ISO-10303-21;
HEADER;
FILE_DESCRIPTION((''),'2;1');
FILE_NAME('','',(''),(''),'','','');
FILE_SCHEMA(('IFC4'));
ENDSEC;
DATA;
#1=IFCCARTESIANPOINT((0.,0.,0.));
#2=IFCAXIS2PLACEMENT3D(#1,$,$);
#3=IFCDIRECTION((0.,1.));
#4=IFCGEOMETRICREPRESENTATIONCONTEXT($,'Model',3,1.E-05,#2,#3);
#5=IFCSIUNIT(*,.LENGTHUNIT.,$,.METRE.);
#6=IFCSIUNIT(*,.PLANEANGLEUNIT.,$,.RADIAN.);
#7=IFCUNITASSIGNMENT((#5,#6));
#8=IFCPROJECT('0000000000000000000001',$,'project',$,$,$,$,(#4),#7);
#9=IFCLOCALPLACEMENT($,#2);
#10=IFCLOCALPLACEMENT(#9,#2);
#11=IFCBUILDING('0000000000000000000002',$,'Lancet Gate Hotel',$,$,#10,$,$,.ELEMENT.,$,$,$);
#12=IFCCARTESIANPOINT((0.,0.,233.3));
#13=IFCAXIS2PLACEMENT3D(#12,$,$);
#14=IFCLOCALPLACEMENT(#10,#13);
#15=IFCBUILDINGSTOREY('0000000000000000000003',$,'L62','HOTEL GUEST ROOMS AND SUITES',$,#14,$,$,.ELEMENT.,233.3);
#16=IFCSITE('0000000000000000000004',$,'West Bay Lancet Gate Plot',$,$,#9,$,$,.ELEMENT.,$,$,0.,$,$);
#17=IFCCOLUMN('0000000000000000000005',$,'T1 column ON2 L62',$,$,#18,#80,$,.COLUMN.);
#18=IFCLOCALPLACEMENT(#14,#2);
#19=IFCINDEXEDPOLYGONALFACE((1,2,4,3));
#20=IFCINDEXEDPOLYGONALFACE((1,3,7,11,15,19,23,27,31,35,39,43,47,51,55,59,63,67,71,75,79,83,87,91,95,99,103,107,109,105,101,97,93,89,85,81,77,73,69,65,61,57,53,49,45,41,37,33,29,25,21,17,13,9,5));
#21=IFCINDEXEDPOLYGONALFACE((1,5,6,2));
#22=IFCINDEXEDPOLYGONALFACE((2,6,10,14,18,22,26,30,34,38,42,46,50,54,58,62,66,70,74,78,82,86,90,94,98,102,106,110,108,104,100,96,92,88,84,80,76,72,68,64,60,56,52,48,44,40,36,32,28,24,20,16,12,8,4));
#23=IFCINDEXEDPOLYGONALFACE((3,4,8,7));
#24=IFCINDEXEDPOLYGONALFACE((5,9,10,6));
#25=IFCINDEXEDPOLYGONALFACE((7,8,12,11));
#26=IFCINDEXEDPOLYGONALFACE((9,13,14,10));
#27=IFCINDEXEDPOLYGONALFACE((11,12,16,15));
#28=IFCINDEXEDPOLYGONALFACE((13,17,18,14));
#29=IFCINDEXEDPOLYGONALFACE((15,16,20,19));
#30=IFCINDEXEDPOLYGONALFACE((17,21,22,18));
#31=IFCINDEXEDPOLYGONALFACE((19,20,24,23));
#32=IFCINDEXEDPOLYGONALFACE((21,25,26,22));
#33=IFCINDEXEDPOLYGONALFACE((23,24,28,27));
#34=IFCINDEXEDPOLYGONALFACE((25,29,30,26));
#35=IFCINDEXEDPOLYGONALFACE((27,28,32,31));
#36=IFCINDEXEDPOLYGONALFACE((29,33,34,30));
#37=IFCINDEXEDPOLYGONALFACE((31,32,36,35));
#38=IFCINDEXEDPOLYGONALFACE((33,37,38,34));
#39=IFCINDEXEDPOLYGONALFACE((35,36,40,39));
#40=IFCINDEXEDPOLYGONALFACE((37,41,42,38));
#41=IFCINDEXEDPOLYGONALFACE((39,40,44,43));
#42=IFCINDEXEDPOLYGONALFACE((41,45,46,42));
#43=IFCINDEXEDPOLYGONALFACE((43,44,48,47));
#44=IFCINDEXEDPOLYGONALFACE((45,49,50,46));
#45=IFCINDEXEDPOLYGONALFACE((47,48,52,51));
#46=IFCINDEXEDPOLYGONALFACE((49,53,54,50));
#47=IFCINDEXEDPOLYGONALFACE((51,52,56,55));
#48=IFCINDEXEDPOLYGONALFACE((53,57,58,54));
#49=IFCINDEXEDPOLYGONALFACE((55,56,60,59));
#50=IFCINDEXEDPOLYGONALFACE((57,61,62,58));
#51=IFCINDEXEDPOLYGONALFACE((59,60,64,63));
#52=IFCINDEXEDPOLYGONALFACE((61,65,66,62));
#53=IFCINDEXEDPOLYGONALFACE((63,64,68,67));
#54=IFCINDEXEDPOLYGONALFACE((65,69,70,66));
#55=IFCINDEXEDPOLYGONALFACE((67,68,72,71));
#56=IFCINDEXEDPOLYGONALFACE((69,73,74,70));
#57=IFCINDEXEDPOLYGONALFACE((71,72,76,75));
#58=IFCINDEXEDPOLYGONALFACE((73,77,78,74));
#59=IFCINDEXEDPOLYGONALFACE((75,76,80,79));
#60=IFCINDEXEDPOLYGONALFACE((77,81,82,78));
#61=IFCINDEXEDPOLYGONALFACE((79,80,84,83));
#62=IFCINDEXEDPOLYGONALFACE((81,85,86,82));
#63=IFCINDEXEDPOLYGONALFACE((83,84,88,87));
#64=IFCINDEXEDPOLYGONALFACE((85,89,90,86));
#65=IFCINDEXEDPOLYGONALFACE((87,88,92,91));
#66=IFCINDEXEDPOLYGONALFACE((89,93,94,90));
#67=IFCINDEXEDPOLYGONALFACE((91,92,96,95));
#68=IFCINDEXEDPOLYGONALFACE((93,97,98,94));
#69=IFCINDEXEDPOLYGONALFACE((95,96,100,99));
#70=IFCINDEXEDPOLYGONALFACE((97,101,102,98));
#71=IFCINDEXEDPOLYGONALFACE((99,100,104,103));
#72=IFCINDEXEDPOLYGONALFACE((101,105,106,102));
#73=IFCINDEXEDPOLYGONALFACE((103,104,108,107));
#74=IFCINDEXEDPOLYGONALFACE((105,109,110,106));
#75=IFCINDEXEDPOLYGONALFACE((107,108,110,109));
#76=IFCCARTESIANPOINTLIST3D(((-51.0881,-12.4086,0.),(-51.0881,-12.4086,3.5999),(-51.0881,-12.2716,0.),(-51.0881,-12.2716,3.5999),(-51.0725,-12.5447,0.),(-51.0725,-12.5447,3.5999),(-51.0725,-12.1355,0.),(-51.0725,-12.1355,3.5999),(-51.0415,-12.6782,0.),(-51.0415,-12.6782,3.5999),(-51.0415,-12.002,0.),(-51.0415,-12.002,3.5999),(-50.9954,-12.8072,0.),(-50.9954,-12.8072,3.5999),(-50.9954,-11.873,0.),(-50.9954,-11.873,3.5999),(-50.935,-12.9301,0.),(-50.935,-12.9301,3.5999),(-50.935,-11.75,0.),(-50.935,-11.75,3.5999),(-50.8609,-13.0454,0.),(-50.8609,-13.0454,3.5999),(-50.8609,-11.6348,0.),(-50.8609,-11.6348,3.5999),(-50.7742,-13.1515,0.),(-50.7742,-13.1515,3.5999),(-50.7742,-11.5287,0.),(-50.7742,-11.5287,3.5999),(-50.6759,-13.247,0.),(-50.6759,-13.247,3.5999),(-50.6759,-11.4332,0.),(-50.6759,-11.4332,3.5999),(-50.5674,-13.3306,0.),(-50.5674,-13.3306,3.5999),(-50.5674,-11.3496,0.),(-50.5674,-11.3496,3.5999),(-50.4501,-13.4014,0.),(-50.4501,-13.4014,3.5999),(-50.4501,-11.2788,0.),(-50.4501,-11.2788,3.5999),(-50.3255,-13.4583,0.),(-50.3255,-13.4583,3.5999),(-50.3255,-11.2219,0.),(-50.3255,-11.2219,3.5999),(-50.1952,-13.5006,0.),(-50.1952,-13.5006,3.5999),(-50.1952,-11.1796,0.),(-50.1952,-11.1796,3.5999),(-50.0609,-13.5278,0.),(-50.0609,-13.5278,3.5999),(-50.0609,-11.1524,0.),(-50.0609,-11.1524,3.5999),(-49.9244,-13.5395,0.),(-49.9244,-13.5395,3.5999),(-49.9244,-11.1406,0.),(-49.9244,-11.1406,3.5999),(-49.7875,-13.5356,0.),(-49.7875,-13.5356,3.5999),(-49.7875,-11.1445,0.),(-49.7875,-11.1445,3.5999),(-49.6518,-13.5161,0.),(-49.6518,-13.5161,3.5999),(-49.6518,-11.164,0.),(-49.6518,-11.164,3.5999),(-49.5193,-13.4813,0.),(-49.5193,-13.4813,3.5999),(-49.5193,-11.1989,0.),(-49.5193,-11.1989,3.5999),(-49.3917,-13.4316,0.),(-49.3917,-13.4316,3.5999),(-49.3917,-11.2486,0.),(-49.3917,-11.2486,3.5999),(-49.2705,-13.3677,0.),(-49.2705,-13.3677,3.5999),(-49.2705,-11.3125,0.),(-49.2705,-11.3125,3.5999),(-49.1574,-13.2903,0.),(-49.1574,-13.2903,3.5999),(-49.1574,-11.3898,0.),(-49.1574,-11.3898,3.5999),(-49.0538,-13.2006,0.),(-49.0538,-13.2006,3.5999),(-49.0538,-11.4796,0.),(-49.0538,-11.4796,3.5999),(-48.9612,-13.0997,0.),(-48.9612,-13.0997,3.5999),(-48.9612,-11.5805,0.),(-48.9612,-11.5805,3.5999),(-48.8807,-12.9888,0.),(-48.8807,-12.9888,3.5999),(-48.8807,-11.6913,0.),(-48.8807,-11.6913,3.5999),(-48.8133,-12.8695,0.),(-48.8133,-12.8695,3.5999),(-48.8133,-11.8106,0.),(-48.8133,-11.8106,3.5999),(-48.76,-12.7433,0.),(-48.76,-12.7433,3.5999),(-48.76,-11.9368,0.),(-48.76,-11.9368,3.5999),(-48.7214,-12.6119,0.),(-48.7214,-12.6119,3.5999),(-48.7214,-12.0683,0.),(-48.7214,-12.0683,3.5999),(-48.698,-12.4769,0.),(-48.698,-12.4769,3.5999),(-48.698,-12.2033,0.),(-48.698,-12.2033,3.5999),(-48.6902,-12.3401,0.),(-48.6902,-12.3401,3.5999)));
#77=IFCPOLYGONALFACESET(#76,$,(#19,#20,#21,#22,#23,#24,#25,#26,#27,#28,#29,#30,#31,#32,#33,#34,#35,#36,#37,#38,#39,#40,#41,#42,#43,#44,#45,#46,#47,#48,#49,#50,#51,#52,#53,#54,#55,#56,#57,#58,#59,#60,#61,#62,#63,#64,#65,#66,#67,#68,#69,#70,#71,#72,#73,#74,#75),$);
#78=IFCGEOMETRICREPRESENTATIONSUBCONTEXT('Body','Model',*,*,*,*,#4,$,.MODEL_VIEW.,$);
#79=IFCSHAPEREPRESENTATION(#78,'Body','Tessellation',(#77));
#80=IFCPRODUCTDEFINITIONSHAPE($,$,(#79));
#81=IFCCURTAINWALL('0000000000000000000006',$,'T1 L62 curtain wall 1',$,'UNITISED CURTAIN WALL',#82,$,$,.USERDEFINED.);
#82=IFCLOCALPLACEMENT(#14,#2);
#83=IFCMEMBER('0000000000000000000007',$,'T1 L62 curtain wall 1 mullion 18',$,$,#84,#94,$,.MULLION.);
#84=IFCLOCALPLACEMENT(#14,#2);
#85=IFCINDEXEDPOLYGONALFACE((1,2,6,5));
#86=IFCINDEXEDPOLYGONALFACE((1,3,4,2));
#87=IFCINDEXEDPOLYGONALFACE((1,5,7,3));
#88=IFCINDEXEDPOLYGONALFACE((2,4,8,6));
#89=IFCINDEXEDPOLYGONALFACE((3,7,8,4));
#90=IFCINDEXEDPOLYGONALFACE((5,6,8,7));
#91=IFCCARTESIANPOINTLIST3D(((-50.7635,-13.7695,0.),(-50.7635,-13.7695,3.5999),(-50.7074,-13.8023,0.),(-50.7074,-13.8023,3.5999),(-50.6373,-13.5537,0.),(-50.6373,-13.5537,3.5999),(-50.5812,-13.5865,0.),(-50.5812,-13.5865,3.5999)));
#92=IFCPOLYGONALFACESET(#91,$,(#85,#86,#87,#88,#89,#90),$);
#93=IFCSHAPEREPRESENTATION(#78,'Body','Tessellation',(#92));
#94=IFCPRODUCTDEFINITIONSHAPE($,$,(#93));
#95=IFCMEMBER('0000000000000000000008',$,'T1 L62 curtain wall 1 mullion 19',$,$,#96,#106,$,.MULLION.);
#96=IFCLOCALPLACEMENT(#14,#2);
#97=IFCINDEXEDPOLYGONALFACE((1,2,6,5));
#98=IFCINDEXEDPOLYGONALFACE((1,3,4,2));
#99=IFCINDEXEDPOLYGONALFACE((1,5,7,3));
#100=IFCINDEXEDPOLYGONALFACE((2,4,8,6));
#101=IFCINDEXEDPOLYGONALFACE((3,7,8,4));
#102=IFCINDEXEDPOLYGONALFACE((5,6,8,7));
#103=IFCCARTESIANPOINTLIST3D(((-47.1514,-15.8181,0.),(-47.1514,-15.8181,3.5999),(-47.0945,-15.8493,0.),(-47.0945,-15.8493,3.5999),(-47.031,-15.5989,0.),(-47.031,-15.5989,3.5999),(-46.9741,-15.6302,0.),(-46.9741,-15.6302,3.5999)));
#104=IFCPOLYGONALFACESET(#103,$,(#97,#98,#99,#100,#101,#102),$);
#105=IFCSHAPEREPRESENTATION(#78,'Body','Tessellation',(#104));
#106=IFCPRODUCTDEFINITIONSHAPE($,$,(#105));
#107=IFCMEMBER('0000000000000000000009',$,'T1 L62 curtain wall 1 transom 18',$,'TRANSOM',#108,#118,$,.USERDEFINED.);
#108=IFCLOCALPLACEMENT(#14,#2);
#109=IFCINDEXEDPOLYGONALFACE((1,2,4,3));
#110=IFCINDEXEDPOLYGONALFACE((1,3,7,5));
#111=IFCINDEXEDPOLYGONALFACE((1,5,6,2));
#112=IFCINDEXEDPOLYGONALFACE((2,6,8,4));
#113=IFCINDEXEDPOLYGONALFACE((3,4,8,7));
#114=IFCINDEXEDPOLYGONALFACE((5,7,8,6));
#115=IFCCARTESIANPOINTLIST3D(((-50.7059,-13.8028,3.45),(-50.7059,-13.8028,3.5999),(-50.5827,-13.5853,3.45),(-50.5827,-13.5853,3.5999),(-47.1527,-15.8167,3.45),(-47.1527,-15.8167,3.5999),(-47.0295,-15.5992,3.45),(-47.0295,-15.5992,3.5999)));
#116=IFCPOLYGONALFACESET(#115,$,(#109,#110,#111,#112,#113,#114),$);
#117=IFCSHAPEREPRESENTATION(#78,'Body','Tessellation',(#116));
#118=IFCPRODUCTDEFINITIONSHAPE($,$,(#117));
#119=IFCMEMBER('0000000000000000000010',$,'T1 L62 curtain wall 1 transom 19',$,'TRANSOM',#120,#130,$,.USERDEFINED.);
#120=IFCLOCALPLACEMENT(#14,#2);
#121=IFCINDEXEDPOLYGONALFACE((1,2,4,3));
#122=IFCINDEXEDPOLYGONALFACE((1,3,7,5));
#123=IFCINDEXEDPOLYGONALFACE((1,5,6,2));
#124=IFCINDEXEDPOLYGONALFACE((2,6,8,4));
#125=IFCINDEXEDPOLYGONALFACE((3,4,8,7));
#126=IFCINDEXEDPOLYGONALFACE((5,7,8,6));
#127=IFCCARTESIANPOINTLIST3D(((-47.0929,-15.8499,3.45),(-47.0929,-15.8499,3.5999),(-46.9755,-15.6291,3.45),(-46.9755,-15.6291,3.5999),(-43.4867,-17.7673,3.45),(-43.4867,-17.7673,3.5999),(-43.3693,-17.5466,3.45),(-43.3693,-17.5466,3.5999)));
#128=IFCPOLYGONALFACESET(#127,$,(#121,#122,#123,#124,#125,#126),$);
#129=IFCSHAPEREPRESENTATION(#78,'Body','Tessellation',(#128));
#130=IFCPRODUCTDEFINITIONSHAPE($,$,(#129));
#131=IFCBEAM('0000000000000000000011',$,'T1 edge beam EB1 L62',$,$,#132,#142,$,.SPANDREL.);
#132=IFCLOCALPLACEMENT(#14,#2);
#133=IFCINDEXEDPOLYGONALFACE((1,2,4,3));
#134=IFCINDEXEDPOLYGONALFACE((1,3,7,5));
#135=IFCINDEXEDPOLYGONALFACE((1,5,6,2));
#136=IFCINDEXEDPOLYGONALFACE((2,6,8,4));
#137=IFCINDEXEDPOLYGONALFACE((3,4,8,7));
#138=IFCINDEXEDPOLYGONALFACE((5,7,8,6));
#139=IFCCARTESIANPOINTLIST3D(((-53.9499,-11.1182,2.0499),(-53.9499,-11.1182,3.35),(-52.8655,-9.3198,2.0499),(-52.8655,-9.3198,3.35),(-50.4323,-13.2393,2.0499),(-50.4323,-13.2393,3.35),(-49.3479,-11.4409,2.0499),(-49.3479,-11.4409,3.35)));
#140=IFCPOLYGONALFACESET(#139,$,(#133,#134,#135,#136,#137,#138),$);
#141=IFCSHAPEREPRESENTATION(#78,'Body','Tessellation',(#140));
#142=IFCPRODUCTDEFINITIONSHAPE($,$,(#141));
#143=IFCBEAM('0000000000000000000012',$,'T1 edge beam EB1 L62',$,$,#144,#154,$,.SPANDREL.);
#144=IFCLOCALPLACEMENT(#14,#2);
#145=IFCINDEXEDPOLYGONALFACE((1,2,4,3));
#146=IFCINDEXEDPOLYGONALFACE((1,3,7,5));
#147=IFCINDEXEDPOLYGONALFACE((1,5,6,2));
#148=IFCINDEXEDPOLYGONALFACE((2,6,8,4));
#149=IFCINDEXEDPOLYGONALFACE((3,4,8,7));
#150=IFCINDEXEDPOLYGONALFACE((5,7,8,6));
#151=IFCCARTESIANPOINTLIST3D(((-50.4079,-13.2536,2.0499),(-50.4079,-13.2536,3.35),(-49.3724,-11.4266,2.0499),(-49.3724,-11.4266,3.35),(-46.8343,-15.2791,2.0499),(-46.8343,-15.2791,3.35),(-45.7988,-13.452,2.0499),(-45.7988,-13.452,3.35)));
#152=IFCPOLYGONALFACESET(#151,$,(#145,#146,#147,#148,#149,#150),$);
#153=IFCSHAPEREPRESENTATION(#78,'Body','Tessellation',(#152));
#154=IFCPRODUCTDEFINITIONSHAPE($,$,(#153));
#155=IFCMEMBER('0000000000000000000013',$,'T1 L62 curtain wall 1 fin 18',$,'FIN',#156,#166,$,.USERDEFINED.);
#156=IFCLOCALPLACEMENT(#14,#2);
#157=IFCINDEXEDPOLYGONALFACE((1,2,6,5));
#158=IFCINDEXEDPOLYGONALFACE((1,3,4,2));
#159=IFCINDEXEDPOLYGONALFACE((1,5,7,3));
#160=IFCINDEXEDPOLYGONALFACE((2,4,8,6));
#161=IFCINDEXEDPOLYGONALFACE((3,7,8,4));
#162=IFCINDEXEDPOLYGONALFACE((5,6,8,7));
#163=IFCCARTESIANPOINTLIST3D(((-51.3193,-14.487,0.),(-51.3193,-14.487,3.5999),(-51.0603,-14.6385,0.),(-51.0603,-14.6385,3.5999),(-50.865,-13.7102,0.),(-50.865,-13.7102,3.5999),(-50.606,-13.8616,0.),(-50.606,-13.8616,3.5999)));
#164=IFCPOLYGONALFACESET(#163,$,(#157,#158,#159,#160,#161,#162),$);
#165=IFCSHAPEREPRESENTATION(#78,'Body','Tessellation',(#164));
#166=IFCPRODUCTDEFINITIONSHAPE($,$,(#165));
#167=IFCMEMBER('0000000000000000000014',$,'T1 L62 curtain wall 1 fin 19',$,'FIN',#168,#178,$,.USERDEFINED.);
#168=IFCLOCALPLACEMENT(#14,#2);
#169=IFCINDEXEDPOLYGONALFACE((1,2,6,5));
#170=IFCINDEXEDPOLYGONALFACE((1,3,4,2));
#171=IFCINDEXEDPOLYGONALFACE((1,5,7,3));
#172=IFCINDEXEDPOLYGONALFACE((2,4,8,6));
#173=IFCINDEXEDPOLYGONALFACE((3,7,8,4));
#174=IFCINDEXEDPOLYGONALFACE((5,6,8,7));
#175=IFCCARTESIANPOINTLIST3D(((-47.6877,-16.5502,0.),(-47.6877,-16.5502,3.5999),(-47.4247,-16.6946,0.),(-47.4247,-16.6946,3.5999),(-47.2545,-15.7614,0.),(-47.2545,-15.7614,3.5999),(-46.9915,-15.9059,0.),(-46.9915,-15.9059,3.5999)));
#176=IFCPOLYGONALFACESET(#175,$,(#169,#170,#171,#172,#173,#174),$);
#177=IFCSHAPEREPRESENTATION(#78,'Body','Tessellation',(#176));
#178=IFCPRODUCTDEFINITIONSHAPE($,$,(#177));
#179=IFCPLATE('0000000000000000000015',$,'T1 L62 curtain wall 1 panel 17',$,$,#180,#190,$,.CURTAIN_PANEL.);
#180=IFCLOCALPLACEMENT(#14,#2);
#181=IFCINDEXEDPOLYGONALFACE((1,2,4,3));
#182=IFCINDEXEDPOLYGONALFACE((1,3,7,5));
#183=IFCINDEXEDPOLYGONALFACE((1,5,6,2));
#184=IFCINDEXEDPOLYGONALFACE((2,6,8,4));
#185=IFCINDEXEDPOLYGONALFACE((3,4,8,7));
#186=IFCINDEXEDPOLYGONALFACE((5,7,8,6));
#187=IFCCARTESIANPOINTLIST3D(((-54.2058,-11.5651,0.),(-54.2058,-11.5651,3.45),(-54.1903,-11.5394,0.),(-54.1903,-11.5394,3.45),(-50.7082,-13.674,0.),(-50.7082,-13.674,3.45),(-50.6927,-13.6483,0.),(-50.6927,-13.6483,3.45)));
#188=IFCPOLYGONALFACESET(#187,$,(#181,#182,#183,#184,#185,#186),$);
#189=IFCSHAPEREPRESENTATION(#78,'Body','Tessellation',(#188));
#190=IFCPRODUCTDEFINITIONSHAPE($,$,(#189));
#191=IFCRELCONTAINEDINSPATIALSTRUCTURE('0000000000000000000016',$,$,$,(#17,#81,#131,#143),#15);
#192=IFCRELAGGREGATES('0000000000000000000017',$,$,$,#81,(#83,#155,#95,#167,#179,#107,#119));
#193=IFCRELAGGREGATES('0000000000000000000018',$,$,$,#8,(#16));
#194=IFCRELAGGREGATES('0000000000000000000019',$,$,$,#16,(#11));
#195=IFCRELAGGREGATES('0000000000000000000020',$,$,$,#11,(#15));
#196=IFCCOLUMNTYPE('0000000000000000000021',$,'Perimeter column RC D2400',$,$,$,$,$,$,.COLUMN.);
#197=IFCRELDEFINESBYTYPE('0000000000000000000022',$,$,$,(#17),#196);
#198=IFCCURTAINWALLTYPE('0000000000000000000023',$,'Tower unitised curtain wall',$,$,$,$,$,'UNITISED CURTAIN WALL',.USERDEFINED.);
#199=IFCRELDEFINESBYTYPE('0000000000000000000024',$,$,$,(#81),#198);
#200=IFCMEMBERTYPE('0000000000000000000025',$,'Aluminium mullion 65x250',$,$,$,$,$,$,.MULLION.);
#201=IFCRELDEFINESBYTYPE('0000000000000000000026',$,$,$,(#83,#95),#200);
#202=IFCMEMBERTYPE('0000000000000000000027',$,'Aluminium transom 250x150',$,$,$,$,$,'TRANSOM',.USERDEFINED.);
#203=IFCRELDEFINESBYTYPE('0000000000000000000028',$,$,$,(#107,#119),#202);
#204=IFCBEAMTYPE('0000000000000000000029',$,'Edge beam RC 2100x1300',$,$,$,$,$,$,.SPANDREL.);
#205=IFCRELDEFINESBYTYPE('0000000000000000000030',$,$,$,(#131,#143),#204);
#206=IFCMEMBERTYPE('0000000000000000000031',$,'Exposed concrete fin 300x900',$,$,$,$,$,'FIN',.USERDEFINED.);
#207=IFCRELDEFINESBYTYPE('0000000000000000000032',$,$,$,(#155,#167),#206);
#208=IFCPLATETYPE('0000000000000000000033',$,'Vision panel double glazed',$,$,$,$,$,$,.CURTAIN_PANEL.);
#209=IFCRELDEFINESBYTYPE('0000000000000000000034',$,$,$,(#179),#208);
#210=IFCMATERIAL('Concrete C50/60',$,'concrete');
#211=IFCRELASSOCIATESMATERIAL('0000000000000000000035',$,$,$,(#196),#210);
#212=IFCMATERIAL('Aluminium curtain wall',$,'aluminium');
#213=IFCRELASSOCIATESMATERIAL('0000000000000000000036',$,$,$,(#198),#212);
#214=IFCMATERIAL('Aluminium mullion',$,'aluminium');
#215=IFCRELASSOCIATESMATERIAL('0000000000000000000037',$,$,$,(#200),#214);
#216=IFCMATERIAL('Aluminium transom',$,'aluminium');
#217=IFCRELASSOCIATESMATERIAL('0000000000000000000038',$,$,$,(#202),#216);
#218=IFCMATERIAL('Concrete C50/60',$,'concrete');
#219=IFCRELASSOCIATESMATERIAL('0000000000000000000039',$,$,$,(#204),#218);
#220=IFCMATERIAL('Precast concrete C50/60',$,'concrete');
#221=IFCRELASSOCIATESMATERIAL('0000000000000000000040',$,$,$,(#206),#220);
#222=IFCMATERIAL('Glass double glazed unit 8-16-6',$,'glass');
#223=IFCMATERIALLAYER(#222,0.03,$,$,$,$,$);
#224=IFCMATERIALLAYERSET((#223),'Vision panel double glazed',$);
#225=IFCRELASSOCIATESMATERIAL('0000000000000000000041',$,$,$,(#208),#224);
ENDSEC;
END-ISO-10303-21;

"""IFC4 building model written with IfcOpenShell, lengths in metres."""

from ifc_helpers import new_model, si_unit, direction, frame, origin, origin_2d, place, context, subcontext, project, spatial, rectangle, circle, extrude, material, layer, layer_set, material_profile, profile_set, type_object, element, aggregate, save


model = new_model("IFC4")

# Units and contexts
model_context = context("Model", 3, precision=1e-05, world=origin(), true_north=direction((0.0, 1.0)))
body_context = subcontext(model_context, "Body", "Model", "MODEL_VIEW")
ifc_project = project(units=[si_unit("LENGTHUNIT", "METRE"), si_unit("PLANEANGLEUNIT", "RADIAN")], contexts=[model_context])

# Site, building, storey
site_placement = place(None, origin())
site = spatial("IfcSite", under=ifc_project, at=site_placement, Name="West Bay Lancet Gate Plot", CompositionType="ELEMENT", RefElevation=0.0)
building_placement = place(site_placement, origin())
building = spatial("IfcBuilding", under=site, at=building_placement, Name="Lancet Gate Hotel", CompositionType="ELEMENT")
storey_placement = place(building_placement, frame((0.0, 0.0, 233.3)))
storey = spatial("IfcBuildingStorey", under=building, at=storey_placement, Name="L62", Description="HOTEL GUEST ROOMS AND SUITES", CompositionType="ELEMENT", Elevation=233.3)

# Column
ifc_material_1 = material(Name="Concrete C50/60", Category="concrete")
ifc_material_profile_1 = material_profile(ifc_material_1, circle(Radius=1.2, at=origin_2d()), Name="RC D2400")
ifc_profile_set_1 = profile_set([ifc_material_profile_1], Name="Concrete C50/60")
column_type = type_object("IfcColumnType", Name="Perimeter column RC D2400", PredefinedType="COLUMN", material=ifc_profile_set_1)
column_placement = place(storey_placement, frame((-49.8901, -12.3401, 0.0), z_axis=(0.0, 0.0, 1.0), x_axis=(1.0, 0.0, 0.0)))
element("IfcColumn", 1, at=column_placement, inside=storey, type_object=column_type, Name="T1 column ON2 L62", PredefinedType="COLUMN", context=body_context, shape_type="SweptSolid", body=[
    extrude(circle(Radius=1.2, at=origin_2d()), origin(), (0.0, 0.0, 1.0), 3.5999),
])

# Curtain wall, members
ifc_material_2 = material(Name="Aluminium curtain wall", Category="aluminium")
curtain_wall_type = type_object("IfcCurtainWallType", Name="Tower unitised curtain wall", ElementType="UNITISED CURTAIN WALL", PredefinedType="USERDEFINED", material=ifc_material_2)
curtain_wall_placement = place(storey_placement, origin())
curtain_wall = element("IfcCurtainWall", 2, at=curtain_wall_placement, inside=storey, type_object=curtain_wall_type, Name="T1 L62 curtain wall 1", ObjectType="UNITISED CURTAIN WALL", PredefinedType="USERDEFINED")
ifc_material_3 = material(Name="Aluminium mullion", Category="aluminium")
ifc_material_profile_2 = material_profile(ifc_material_3, rectangle(XDim=0.0649, YDim=0.25, at=origin_2d()), Name="MULLION 65x250")
ifc_profile_set_2 = profile_set([ifc_material_profile_2], Name="Aluminium mullion")
member_type_1 = type_object("IfcMemberType", Name="Aluminium mullion 65x250", PredefinedType="MULLION", material=ifc_profile_set_2)
member_1_placement = place(storey_placement, frame((-50.6724, -13.678, 0.0), z_axis=(0.0, 0.0, 1.0), x_axis=(0.863242, -0.50479, 0.0)))
member_1 = element("IfcMember", 3, at=member_1_placement, type_object=member_type_1, Name="T1 L62 curtain wall 1 mullion 18", PredefinedType="MULLION", context=body_context, shape_type="SweptSolid", body=[
    extrude(rectangle(XDim=0.0649, YDim=0.25, at=origin_2d()), origin(), (0.0, 0.0, 1.0), 3.5999),
])
member_2_placement = place(storey_placement, frame((-47.0627, -15.7241, 0.0), z_axis=(0.0, 0.0, 1.0), x_axis=(0.876516, -0.481372, 0.0)))
member_2 = element("IfcMember", 4, at=member_2_placement, type_object=member_type_1, Name="T1 L62 curtain wall 1 mullion 19", PredefinedType="MULLION", context=body_context, shape_type="SweptSolid", body=[
    extrude(rectangle(XDim=0.0649, YDim=0.25, at=origin_2d()), origin(), (0.0, 0.0, 1.0), 3.5999),
])
ifc_material_4 = material(Name="Aluminium transom", Category="aluminium")
ifc_material_profile_3 = material_profile(ifc_material_4, rectangle(XDim=0.25, YDim=0.1499, at=origin_2d()), Name="TRANSOM 250x150")
ifc_profile_set_3 = profile_set([ifc_material_profile_3], Name="Aluminium transom")
member_type_2 = type_object("IfcMemberType", Name="Aluminium transom 250x150", ElementType="TRANSOM", PredefinedType="USERDEFINED", material=ifc_profile_set_3)
member_3_placement = place(storey_placement, frame((-50.6443, -13.6941, 3.5249), z_axis=(0.869978, -0.493091, 0.0), x_axis=(0.493091, 0.869978, 0.0)))
member_3 = element("IfcMember", 5, at=member_3_placement, type_object=member_type_2, Name="T1 L62 curtain wall 1 transom 18", ObjectType="TRANSOM", PredefinedType="USERDEFINED", context=body_context, shape_type="SweptSolid", body=[
    extrude(rectangle(XDim=0.25, YDim=0.1499, at=origin_2d()), origin(), (0.0, 0.0, 1.0), 4.0842),
])
member_4_placement = place(storey_placement, frame((-47.0342, -15.7395, 3.5249), z_axis=(0.882945, -0.469477, 0.0), x_axis=(0.469477, 0.882945, 0.0)))
member_4 = element("IfcMember", 6, at=member_4_placement, type_object=member_type_2, Name="T1 L62 curtain wall 1 transom 19", ObjectType="TRANSOM", PredefinedType="USERDEFINED", context=body_context, shape_type="SweptSolid", body=[
    extrude(rectangle(XDim=0.25, YDim=0.1499, at=origin_2d()), origin(), (0.0, 0.0, 1.0), 4.0842),
])

# Beams
ifc_material_5 = material(Name="Concrete C50/60", Category="concrete")
ifc_material_profile_4 = material_profile(ifc_material_5, rectangle(XDim=2.1001, YDim=1.3, at=origin_2d()), Name="RC 2100x1300")
ifc_profile_set_4 = profile_set([ifc_material_profile_4], Name="Concrete C50/60")
beam_type = type_object("IfcBeamType", Name="Edge beam RC 2100x1300", PredefinedType="SPANDREL", material=ifc_profile_set_4)
for number, where, z_axis, x_axis, name in (
    (7, (-53.4077, -10.219, 2.7), (0.856358, -0.516382, 0.0), (0.516382, 0.856358, 0.0), "T1 edge beam EB1 L62"),
    (8, (-49.8901, -12.3401, 2.7), (0.869979, -0.493089, 0.0), (0.493089, 0.869979, 0.0), "T1 edge beam EB1 L62"),
):
    element("IfcBeam", number, at=place(storey_placement, frame(where, z_axis=z_axis, x_axis=x_axis)), inside=storey, type_object=beam_type, Name=name, PredefinedType="SPANDREL", context=body_context, shape_type="SweptSolid", body=[
        extrude(rectangle(XDim=2.1001, YDim=1.3, at=origin_2d()), origin(), (0.0, 0.0, 1.0), 4.1077),
    ])

# Members
ifc_material_6 = material(Name="Precast concrete C50/60", Category="concrete")
ifc_material_profile_5 = material_profile(ifc_material_6, rectangle(XDim=0.3, YDim=0.8999, at=origin_2d()), Name="FIN 300x900")
ifc_profile_set_5 = profile_set([ifc_material_profile_5], Name="Precast concrete C50/60")
member_type_3 = type_object("IfcMemberType", Name="Exposed concrete fin 300x900", ElementType="FIN", PredefinedType="USERDEFINED", material=ifc_profile_set_5)
member_5_placement = place(storey_placement, frame((-50.9626, -14.1743, 0.0), z_axis=(0.0, 0.0, 1.0), x_axis=(0.863242, -0.50479, 0.0)))
member_5 = element("IfcMember", 9, at=member_5_placement, type_object=member_type_3, Name="T1 L62 curtain wall 1 fin 18", ObjectType="FIN", PredefinedType="USERDEFINED", context=body_context, shape_type="SweptSolid", body=[
    extrude(rectangle(XDim=0.3, YDim=0.8999, at=origin_2d()), origin(), (0.0, 0.0, 1.0), 3.5999),
])
member_6_placement = place(storey_placement, frame((-47.3396, -16.228, 0.0), z_axis=(0.0, 0.0, 1.0), x_axis=(0.876516, -0.481372, 0.0)))
member_6 = element("IfcMember", 10, at=member_6_placement, type_object=member_type_3, Name="T1 L62 curtain wall 1 fin 19", ObjectType="FIN", PredefinedType="USERDEFINED", context=body_context, shape_type="SweptSolid", body=[
    extrude(rectangle(XDim=0.3, YDim=0.8999, at=origin_2d()), origin(), (0.0, 0.0, 1.0), 3.5999),
])

# Plate
ifc_material_7 = material(Name="Glass double glazed unit 8-16-6", Category="glass")
ifc_layer_1 = layer(ifc_material_7, 0.03)
ifc_layer_set_1 = layer_set([ifc_layer_1], Name="Vision panel double glazed")
plate_type = type_object("IfcPlateType", Name="Vision panel double glazed", PredefinedType="CURTAIN_PANEL", material=ifc_layer_set_1)
plate_1_placement = place(storey_placement, frame((-52.4492, -12.6067, 0.0), z_axis=(0.0, 0.0, 1.0), x_axis=(0.85637, -0.516363, 0.0)))
plate_1 = element("IfcPlate", 11, at=plate_1_placement, type_object=plate_type, Name="T1 L62 curtain wall 1 panel 17", PredefinedType="CURTAIN_PANEL", context=body_context, shape_type="SweptSolid", body=[
    extrude(rectangle(XDim=4.0842, YDim=0.03, at=origin_2d()), origin(), (0.0, 0.0, 1.0), 3.45),
])
aggregate(curtain_wall, [member_1, member_5, member_2, member_6, plate_1, member_3, member_4])

save(model, "model.ifc")
